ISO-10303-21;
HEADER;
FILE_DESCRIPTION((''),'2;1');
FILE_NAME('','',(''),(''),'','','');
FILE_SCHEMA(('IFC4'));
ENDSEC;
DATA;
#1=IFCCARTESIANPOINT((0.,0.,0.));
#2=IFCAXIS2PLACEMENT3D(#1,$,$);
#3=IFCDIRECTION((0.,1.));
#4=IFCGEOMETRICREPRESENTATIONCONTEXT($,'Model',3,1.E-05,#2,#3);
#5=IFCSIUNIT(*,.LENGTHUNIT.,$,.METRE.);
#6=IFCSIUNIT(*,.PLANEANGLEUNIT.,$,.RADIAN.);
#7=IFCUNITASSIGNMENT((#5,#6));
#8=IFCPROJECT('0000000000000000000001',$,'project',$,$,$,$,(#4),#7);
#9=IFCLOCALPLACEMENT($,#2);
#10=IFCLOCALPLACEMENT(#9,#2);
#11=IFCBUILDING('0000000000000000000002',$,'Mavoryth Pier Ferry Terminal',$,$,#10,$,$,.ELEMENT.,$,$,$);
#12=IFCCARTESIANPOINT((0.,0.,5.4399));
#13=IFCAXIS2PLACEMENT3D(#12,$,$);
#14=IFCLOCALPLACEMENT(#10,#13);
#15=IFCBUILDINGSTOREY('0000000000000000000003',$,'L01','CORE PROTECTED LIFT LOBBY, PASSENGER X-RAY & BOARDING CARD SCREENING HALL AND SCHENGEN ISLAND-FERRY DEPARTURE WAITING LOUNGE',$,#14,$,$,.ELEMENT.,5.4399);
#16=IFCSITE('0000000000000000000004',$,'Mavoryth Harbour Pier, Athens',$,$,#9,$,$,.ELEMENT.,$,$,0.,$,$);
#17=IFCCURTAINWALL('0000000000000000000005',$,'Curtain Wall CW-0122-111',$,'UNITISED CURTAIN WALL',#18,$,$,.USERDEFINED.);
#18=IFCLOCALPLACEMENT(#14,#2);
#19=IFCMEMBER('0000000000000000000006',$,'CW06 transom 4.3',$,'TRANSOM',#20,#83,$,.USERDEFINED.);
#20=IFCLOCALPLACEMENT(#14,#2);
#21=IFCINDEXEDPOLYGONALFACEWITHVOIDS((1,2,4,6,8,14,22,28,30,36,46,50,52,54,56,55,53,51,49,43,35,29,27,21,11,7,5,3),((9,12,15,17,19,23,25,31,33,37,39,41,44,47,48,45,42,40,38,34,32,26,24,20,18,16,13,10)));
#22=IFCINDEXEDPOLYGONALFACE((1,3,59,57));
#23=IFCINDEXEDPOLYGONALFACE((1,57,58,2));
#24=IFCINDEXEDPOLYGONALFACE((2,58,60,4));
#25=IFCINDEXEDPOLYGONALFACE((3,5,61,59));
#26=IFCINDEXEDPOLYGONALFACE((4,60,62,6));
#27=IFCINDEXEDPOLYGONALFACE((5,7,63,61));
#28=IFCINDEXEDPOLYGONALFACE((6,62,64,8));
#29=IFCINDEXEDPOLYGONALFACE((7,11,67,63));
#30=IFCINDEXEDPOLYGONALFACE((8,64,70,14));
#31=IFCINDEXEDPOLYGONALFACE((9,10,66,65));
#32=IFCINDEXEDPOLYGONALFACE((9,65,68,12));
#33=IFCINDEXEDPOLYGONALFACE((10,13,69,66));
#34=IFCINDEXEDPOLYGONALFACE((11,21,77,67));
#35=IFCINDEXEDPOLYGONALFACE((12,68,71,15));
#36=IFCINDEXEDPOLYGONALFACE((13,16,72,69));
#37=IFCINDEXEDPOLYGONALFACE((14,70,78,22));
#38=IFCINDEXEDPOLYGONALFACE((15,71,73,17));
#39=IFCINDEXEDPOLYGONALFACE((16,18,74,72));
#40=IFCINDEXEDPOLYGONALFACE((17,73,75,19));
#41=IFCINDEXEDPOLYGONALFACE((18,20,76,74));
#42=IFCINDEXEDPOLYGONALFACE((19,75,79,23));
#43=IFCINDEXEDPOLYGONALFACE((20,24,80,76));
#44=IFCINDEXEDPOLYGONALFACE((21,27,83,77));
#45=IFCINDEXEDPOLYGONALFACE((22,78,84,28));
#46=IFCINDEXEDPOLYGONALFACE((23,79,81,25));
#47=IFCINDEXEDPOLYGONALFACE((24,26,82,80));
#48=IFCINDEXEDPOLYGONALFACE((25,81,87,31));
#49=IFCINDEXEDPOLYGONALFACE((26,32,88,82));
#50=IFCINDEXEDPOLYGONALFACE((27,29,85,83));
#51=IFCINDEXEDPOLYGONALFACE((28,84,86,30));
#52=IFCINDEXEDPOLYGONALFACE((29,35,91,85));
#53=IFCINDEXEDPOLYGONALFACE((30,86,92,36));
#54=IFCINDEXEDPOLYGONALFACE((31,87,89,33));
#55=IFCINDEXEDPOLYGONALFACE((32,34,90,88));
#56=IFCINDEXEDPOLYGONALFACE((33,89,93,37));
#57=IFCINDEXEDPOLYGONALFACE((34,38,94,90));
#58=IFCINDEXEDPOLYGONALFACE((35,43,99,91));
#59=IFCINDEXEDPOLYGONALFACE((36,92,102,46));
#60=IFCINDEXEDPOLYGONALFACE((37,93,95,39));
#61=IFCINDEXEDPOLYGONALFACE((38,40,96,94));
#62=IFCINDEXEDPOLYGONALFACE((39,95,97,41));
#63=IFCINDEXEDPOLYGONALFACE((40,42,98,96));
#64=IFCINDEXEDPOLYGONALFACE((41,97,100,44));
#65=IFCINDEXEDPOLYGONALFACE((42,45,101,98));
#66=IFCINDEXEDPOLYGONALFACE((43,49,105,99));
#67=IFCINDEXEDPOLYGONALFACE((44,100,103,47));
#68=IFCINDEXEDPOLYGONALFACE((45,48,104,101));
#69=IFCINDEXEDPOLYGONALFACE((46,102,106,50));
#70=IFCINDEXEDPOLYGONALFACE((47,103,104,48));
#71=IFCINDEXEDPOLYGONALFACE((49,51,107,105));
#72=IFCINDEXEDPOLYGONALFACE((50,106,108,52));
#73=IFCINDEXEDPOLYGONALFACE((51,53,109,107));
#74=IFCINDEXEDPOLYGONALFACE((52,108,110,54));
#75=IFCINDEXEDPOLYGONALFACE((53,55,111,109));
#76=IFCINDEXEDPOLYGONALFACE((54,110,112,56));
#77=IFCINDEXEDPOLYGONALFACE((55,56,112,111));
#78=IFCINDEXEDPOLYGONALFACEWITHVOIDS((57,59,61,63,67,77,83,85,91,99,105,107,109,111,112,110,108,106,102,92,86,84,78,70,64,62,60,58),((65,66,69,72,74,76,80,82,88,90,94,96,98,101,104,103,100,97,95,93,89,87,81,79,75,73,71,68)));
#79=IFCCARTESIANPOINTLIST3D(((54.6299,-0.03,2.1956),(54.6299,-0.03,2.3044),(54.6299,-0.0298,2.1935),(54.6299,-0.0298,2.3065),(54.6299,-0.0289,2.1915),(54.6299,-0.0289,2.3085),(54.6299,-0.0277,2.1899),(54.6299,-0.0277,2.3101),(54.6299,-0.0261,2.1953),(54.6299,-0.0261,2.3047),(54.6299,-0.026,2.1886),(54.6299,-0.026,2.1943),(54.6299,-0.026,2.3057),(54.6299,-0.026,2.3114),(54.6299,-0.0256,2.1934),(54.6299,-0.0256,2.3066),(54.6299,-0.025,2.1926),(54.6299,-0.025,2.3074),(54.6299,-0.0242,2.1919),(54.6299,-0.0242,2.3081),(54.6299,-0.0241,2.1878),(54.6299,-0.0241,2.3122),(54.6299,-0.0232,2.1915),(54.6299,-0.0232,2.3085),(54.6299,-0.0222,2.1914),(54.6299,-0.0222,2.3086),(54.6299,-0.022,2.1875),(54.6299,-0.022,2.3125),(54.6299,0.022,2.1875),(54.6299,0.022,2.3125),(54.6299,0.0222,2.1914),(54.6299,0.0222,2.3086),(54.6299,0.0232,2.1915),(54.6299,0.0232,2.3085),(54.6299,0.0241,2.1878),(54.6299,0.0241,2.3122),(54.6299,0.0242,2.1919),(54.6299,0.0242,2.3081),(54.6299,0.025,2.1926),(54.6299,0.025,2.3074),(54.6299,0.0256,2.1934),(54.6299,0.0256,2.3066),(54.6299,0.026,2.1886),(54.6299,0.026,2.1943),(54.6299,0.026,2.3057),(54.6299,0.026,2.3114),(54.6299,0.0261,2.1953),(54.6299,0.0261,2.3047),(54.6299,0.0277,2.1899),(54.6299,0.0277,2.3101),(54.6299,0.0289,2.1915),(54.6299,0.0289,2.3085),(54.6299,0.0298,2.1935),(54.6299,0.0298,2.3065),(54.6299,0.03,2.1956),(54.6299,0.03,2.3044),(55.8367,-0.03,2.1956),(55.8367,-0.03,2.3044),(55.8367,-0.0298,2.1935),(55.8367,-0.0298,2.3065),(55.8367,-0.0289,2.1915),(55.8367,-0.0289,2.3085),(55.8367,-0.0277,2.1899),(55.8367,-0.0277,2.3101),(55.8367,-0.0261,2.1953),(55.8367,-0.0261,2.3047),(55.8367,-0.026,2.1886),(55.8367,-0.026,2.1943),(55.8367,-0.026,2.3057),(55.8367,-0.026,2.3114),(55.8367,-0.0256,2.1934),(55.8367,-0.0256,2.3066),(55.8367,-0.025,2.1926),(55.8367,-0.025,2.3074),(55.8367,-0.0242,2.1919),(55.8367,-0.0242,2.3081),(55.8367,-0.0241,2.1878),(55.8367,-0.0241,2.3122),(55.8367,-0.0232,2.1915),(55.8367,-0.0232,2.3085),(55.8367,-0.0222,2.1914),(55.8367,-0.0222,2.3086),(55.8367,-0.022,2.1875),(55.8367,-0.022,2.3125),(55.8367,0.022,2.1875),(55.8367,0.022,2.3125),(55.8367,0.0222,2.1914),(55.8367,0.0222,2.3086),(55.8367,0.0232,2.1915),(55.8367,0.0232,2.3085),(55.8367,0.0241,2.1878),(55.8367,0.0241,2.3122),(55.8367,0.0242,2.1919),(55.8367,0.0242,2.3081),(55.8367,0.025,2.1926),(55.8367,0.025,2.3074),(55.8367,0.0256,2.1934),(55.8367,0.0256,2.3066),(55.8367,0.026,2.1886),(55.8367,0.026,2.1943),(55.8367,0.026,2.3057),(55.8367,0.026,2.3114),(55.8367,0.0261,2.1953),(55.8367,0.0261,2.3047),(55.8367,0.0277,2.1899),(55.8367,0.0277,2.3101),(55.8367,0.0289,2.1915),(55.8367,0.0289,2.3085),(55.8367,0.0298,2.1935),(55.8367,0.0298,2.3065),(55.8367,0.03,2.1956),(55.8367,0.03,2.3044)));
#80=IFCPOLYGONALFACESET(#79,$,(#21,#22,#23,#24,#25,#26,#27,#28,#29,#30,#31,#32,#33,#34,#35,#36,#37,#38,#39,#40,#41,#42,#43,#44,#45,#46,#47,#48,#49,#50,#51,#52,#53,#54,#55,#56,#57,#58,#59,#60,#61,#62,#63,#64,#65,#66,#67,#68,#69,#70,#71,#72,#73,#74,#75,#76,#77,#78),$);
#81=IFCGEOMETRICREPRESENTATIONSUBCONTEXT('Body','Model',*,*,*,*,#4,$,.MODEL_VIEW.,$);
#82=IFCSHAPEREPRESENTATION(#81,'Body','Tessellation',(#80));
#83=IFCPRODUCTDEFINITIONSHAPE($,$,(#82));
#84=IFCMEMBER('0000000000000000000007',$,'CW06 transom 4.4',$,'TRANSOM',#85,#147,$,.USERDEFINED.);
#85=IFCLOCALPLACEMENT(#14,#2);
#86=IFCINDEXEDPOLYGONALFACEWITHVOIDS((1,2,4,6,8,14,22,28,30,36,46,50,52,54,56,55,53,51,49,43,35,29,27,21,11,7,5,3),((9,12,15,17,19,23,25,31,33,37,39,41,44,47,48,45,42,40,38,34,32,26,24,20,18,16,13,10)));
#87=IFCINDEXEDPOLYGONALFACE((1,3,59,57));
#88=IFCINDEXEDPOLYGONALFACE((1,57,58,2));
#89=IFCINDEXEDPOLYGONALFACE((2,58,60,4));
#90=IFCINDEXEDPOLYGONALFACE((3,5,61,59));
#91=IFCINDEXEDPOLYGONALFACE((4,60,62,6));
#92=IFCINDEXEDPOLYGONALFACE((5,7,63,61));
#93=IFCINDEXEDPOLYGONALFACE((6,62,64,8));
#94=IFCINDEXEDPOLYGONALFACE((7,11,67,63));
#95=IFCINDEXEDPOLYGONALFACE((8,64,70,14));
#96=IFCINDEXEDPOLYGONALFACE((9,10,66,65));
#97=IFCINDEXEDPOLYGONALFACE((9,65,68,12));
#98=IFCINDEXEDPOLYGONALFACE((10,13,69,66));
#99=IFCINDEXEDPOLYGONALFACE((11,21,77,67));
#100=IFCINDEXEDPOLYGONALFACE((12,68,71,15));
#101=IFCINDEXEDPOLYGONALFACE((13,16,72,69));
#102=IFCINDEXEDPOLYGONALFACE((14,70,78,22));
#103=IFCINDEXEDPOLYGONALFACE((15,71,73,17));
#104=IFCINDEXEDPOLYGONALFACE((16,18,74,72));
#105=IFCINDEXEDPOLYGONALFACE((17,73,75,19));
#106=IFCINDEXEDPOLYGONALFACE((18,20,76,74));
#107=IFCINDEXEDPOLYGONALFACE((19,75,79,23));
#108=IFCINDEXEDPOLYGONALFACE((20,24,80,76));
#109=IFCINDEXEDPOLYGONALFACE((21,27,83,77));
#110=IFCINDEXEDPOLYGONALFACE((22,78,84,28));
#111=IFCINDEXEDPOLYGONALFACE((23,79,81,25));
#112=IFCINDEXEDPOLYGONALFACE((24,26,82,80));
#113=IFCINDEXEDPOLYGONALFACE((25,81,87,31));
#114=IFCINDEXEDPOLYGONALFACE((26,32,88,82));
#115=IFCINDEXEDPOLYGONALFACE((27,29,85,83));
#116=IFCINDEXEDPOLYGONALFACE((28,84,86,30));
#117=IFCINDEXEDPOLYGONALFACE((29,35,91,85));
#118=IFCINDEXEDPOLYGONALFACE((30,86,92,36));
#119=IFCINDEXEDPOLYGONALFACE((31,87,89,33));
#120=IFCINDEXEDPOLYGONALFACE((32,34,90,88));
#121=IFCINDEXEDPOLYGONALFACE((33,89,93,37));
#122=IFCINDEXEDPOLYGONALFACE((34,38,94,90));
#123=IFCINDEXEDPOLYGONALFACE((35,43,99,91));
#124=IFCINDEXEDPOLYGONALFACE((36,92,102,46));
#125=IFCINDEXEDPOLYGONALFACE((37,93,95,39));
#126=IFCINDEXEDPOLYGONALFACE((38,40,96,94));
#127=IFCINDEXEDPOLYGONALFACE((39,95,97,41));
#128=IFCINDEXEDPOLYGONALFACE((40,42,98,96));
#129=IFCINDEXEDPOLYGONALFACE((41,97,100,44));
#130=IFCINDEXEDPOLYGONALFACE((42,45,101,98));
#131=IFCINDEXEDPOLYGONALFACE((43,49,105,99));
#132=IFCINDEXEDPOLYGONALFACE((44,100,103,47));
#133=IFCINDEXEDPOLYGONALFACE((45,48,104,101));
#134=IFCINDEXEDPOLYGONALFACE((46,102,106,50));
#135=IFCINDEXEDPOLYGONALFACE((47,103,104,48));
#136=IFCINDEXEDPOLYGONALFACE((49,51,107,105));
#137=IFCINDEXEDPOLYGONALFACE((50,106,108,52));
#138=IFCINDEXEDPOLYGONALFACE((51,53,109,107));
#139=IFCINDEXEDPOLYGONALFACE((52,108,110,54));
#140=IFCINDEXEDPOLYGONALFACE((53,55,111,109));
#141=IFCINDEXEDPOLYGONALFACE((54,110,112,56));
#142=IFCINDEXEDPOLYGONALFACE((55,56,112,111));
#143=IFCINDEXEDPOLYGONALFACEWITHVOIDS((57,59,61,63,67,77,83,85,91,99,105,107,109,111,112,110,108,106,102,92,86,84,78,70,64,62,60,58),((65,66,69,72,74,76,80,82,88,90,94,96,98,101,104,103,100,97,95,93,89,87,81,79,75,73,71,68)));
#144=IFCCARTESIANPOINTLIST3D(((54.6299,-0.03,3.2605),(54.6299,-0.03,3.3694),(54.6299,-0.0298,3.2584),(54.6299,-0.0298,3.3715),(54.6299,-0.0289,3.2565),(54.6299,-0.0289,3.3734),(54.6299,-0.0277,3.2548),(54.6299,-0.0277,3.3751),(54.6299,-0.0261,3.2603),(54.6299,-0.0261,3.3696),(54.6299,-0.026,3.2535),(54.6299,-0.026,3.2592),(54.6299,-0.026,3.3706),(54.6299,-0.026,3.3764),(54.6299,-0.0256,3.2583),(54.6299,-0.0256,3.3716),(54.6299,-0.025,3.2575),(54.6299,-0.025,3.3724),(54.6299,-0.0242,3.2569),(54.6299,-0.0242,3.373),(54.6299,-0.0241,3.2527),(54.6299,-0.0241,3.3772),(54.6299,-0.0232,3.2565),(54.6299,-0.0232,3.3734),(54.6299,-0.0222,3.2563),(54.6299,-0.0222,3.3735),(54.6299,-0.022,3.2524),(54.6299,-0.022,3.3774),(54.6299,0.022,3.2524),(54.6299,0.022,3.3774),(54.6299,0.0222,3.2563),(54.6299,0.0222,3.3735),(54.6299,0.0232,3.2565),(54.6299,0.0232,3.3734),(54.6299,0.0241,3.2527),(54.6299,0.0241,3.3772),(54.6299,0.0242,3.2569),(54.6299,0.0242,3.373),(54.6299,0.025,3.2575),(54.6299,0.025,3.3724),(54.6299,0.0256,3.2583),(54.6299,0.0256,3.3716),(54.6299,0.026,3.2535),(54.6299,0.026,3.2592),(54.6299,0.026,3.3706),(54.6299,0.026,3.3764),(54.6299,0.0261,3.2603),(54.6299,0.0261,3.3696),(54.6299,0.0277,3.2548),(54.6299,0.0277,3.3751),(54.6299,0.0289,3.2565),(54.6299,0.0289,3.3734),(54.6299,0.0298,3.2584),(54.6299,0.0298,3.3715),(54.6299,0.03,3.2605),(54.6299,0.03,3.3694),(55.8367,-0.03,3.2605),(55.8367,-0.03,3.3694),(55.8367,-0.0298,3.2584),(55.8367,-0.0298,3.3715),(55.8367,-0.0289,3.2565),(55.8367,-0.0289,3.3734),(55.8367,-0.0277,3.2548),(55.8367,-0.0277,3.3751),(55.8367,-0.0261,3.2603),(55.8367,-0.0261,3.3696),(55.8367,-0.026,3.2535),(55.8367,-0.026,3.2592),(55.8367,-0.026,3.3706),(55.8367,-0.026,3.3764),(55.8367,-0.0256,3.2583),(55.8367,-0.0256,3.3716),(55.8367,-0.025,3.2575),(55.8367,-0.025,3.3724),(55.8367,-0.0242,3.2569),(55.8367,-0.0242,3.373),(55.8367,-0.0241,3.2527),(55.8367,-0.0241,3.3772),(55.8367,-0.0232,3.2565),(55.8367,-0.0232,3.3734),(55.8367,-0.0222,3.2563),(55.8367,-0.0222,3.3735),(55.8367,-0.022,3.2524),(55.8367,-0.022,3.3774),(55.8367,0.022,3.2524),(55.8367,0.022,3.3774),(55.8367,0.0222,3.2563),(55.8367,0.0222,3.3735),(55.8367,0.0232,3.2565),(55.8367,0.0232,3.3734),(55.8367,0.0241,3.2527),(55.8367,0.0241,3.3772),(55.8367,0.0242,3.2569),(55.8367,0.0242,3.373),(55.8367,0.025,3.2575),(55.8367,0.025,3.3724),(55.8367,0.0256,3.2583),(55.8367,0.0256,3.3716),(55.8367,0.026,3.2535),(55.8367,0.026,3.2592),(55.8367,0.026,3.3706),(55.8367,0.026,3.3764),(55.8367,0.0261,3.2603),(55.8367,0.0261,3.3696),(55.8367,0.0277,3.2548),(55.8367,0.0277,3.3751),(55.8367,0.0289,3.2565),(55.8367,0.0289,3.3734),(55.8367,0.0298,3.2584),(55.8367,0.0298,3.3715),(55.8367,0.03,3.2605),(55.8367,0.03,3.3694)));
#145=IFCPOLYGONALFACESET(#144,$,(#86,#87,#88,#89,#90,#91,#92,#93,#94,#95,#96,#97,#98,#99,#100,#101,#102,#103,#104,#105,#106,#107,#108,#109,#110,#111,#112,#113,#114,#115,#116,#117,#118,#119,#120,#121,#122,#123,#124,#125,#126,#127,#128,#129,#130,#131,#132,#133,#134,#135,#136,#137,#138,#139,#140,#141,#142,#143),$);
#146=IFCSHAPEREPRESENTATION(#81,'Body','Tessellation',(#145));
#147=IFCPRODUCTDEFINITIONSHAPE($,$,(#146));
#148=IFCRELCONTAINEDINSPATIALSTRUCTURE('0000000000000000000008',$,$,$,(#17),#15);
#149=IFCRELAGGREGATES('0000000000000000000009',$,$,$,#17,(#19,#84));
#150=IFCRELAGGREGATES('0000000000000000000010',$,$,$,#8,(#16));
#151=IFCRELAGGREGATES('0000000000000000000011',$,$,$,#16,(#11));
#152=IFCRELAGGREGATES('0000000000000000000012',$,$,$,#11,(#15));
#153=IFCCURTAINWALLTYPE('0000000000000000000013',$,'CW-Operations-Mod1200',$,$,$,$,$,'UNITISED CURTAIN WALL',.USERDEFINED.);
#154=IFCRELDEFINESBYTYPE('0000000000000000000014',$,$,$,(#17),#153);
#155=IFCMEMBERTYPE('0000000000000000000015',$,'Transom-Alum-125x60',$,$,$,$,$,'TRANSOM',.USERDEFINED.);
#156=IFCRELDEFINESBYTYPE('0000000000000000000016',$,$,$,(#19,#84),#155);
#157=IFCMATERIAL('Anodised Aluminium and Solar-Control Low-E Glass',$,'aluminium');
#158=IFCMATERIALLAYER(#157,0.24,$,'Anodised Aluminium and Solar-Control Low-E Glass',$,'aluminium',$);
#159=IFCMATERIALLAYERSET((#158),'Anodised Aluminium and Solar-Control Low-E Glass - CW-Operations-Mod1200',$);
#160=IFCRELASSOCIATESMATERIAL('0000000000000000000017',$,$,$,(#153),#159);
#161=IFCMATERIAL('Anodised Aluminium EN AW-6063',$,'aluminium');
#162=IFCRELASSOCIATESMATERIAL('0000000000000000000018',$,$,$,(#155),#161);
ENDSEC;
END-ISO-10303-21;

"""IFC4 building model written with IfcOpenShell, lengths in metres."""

from ifc_helpers import new_model, si_unit, direction, frame, origin, origin_2d, place, context, subcontext, project, spatial, hollow_rectangle, extrude, material, layer, layer_set, material_profile, profile_set, type_object, element, aggregate, save


model = new_model("IFC4")

# Units and contexts
model_context = context("Model", 3, precision=1e-05, world=origin(), true_north=direction((0.0, 1.0)))
body_context = subcontext(model_context, "Body", "Model", "MODEL_VIEW")
ifc_project = project(units=[si_unit("LENGTHUNIT", "METRE"), si_unit("PLANEANGLEUNIT", "RADIAN")], contexts=[model_context])

# Site, building, storey
site_placement = place(None, origin())
site = spatial("IfcSite", under=ifc_project, at=site_placement, Name="Mavoryth Harbour Pier, Athens", CompositionType="ELEMENT", RefElevation=0.0)
building_placement = place(site_placement, origin())
building = spatial("IfcBuilding", under=site, at=building_placement, Name="Mavoryth Pier Ferry Terminal", CompositionType="ELEMENT")
storey_placement = place(building_placement, frame((0.0, 0.0, 5.4399)))
storey = spatial("IfcBuildingStorey", under=building, at=storey_placement, Name="L01", Description="CORE PROTECTED LIFT LOBBY, PASSENGER X-RAY & BOARDING CARD SCREENING HALL AND SCHENGEN ISLAND-FERRY DEPARTURE WAITING LOUNGE", CompositionType="ELEMENT", Elevation=5.4399)

# Curtain wall, members
ifc_material_1 = material(Name="Anodised Aluminium and Solar-Control Low-E Glass", Category="aluminium")
ifc_layer_1 = layer(ifc_material_1, 0.24, Name="Anodised Aluminium and Solar-Control Low-E Glass", Category="aluminium")
ifc_layer_set_1 = layer_set([ifc_layer_1], Name="Anodised Aluminium and Solar-Control Low-E Glass - CW-Operations-Mod1200")
curtain_wall_type = type_object("IfcCurtainWallType", Name="CW-Operations-Mod1200", ElementType="UNITISED CURTAIN WALL", PredefinedType="USERDEFINED", material=ifc_layer_set_1)
curtain_wall_placement = place(storey_placement, origin())
curtain_wall = element("IfcCurtainWall", 1, at=curtain_wall_placement, inside=storey, type_object=curtain_wall_type, Name="Curtain Wall CW-0122-111", ObjectType="UNITISED CURTAIN WALL", PredefinedType="USERDEFINED")
ifc_material_2 = material(Name="Anodised Aluminium EN AW-6063", Category="aluminium")
ifc_material_profile_1 = material_profile(ifc_material_2, hollow_rectangle(XDim=0.0601, YDim=0.125, WallThickness=0.0039, InnerFilletRadius=0.0039, OuterFilletRadius=0.0081, at=origin_2d()), Name="AL-TRAN 125x60x4", Category="aluminium")
ifc_profile_set_1 = profile_set([ifc_material_profile_1], Name="Anodised Aluminium EN AW-6063 - AL-TRAN 125x60x4")
member_type_1 = type_object("IfcMemberType", Name="Transom-Alum-125x60", ElementType="TRANSOM", PredefinedType="USERDEFINED", material=ifc_profile_set_1)
member_1_placement = place(storey_placement, frame((54.6299, 0.0, 2.25), z_axis=(1.0, 0.0, 0.0), x_axis=(0.0, 1.0, 0.0)))
member_1 = element("IfcMember", 2, at=member_1_placement, type_object=member_type_1, Name="CW06 transom 4.3", ObjectType="TRANSOM", PredefinedType="USERDEFINED", context=body_context, shape_type="SweptSolid", body=[
    extrude(hollow_rectangle(XDim=0.0601, YDim=0.125, WallThickness=0.0039, InnerFilletRadius=0.0039, OuterFilletRadius=0.0081, at=origin_2d()), origin(), (0.0, 0.0, 1.0), 1.2068),
])
member_2_placement = place(storey_placement, frame((54.6299, 0.0, 3.3149), z_axis=(1.0, 0.0, 0.0), x_axis=(0.0, 1.0, 0.0)))
member_2 = element("IfcMember", 3, at=member_2_placement, type_object=member_type_1, Name="CW06 transom 4.4", ObjectType="TRANSOM", PredefinedType="USERDEFINED", context=body_context, shape_type="SweptSolid", body=[
    extrude(hollow_rectangle(XDim=0.0601, YDim=0.125, WallThickness=0.0039, InnerFilletRadius=0.0039, OuterFilletRadius=0.0081, at=origin_2d()), origin(), (0.0, 0.0, 1.0), 1.2068),
])
aggregate(curtain_wall, [member_1, member_2])

save(model, "model.ifc")
